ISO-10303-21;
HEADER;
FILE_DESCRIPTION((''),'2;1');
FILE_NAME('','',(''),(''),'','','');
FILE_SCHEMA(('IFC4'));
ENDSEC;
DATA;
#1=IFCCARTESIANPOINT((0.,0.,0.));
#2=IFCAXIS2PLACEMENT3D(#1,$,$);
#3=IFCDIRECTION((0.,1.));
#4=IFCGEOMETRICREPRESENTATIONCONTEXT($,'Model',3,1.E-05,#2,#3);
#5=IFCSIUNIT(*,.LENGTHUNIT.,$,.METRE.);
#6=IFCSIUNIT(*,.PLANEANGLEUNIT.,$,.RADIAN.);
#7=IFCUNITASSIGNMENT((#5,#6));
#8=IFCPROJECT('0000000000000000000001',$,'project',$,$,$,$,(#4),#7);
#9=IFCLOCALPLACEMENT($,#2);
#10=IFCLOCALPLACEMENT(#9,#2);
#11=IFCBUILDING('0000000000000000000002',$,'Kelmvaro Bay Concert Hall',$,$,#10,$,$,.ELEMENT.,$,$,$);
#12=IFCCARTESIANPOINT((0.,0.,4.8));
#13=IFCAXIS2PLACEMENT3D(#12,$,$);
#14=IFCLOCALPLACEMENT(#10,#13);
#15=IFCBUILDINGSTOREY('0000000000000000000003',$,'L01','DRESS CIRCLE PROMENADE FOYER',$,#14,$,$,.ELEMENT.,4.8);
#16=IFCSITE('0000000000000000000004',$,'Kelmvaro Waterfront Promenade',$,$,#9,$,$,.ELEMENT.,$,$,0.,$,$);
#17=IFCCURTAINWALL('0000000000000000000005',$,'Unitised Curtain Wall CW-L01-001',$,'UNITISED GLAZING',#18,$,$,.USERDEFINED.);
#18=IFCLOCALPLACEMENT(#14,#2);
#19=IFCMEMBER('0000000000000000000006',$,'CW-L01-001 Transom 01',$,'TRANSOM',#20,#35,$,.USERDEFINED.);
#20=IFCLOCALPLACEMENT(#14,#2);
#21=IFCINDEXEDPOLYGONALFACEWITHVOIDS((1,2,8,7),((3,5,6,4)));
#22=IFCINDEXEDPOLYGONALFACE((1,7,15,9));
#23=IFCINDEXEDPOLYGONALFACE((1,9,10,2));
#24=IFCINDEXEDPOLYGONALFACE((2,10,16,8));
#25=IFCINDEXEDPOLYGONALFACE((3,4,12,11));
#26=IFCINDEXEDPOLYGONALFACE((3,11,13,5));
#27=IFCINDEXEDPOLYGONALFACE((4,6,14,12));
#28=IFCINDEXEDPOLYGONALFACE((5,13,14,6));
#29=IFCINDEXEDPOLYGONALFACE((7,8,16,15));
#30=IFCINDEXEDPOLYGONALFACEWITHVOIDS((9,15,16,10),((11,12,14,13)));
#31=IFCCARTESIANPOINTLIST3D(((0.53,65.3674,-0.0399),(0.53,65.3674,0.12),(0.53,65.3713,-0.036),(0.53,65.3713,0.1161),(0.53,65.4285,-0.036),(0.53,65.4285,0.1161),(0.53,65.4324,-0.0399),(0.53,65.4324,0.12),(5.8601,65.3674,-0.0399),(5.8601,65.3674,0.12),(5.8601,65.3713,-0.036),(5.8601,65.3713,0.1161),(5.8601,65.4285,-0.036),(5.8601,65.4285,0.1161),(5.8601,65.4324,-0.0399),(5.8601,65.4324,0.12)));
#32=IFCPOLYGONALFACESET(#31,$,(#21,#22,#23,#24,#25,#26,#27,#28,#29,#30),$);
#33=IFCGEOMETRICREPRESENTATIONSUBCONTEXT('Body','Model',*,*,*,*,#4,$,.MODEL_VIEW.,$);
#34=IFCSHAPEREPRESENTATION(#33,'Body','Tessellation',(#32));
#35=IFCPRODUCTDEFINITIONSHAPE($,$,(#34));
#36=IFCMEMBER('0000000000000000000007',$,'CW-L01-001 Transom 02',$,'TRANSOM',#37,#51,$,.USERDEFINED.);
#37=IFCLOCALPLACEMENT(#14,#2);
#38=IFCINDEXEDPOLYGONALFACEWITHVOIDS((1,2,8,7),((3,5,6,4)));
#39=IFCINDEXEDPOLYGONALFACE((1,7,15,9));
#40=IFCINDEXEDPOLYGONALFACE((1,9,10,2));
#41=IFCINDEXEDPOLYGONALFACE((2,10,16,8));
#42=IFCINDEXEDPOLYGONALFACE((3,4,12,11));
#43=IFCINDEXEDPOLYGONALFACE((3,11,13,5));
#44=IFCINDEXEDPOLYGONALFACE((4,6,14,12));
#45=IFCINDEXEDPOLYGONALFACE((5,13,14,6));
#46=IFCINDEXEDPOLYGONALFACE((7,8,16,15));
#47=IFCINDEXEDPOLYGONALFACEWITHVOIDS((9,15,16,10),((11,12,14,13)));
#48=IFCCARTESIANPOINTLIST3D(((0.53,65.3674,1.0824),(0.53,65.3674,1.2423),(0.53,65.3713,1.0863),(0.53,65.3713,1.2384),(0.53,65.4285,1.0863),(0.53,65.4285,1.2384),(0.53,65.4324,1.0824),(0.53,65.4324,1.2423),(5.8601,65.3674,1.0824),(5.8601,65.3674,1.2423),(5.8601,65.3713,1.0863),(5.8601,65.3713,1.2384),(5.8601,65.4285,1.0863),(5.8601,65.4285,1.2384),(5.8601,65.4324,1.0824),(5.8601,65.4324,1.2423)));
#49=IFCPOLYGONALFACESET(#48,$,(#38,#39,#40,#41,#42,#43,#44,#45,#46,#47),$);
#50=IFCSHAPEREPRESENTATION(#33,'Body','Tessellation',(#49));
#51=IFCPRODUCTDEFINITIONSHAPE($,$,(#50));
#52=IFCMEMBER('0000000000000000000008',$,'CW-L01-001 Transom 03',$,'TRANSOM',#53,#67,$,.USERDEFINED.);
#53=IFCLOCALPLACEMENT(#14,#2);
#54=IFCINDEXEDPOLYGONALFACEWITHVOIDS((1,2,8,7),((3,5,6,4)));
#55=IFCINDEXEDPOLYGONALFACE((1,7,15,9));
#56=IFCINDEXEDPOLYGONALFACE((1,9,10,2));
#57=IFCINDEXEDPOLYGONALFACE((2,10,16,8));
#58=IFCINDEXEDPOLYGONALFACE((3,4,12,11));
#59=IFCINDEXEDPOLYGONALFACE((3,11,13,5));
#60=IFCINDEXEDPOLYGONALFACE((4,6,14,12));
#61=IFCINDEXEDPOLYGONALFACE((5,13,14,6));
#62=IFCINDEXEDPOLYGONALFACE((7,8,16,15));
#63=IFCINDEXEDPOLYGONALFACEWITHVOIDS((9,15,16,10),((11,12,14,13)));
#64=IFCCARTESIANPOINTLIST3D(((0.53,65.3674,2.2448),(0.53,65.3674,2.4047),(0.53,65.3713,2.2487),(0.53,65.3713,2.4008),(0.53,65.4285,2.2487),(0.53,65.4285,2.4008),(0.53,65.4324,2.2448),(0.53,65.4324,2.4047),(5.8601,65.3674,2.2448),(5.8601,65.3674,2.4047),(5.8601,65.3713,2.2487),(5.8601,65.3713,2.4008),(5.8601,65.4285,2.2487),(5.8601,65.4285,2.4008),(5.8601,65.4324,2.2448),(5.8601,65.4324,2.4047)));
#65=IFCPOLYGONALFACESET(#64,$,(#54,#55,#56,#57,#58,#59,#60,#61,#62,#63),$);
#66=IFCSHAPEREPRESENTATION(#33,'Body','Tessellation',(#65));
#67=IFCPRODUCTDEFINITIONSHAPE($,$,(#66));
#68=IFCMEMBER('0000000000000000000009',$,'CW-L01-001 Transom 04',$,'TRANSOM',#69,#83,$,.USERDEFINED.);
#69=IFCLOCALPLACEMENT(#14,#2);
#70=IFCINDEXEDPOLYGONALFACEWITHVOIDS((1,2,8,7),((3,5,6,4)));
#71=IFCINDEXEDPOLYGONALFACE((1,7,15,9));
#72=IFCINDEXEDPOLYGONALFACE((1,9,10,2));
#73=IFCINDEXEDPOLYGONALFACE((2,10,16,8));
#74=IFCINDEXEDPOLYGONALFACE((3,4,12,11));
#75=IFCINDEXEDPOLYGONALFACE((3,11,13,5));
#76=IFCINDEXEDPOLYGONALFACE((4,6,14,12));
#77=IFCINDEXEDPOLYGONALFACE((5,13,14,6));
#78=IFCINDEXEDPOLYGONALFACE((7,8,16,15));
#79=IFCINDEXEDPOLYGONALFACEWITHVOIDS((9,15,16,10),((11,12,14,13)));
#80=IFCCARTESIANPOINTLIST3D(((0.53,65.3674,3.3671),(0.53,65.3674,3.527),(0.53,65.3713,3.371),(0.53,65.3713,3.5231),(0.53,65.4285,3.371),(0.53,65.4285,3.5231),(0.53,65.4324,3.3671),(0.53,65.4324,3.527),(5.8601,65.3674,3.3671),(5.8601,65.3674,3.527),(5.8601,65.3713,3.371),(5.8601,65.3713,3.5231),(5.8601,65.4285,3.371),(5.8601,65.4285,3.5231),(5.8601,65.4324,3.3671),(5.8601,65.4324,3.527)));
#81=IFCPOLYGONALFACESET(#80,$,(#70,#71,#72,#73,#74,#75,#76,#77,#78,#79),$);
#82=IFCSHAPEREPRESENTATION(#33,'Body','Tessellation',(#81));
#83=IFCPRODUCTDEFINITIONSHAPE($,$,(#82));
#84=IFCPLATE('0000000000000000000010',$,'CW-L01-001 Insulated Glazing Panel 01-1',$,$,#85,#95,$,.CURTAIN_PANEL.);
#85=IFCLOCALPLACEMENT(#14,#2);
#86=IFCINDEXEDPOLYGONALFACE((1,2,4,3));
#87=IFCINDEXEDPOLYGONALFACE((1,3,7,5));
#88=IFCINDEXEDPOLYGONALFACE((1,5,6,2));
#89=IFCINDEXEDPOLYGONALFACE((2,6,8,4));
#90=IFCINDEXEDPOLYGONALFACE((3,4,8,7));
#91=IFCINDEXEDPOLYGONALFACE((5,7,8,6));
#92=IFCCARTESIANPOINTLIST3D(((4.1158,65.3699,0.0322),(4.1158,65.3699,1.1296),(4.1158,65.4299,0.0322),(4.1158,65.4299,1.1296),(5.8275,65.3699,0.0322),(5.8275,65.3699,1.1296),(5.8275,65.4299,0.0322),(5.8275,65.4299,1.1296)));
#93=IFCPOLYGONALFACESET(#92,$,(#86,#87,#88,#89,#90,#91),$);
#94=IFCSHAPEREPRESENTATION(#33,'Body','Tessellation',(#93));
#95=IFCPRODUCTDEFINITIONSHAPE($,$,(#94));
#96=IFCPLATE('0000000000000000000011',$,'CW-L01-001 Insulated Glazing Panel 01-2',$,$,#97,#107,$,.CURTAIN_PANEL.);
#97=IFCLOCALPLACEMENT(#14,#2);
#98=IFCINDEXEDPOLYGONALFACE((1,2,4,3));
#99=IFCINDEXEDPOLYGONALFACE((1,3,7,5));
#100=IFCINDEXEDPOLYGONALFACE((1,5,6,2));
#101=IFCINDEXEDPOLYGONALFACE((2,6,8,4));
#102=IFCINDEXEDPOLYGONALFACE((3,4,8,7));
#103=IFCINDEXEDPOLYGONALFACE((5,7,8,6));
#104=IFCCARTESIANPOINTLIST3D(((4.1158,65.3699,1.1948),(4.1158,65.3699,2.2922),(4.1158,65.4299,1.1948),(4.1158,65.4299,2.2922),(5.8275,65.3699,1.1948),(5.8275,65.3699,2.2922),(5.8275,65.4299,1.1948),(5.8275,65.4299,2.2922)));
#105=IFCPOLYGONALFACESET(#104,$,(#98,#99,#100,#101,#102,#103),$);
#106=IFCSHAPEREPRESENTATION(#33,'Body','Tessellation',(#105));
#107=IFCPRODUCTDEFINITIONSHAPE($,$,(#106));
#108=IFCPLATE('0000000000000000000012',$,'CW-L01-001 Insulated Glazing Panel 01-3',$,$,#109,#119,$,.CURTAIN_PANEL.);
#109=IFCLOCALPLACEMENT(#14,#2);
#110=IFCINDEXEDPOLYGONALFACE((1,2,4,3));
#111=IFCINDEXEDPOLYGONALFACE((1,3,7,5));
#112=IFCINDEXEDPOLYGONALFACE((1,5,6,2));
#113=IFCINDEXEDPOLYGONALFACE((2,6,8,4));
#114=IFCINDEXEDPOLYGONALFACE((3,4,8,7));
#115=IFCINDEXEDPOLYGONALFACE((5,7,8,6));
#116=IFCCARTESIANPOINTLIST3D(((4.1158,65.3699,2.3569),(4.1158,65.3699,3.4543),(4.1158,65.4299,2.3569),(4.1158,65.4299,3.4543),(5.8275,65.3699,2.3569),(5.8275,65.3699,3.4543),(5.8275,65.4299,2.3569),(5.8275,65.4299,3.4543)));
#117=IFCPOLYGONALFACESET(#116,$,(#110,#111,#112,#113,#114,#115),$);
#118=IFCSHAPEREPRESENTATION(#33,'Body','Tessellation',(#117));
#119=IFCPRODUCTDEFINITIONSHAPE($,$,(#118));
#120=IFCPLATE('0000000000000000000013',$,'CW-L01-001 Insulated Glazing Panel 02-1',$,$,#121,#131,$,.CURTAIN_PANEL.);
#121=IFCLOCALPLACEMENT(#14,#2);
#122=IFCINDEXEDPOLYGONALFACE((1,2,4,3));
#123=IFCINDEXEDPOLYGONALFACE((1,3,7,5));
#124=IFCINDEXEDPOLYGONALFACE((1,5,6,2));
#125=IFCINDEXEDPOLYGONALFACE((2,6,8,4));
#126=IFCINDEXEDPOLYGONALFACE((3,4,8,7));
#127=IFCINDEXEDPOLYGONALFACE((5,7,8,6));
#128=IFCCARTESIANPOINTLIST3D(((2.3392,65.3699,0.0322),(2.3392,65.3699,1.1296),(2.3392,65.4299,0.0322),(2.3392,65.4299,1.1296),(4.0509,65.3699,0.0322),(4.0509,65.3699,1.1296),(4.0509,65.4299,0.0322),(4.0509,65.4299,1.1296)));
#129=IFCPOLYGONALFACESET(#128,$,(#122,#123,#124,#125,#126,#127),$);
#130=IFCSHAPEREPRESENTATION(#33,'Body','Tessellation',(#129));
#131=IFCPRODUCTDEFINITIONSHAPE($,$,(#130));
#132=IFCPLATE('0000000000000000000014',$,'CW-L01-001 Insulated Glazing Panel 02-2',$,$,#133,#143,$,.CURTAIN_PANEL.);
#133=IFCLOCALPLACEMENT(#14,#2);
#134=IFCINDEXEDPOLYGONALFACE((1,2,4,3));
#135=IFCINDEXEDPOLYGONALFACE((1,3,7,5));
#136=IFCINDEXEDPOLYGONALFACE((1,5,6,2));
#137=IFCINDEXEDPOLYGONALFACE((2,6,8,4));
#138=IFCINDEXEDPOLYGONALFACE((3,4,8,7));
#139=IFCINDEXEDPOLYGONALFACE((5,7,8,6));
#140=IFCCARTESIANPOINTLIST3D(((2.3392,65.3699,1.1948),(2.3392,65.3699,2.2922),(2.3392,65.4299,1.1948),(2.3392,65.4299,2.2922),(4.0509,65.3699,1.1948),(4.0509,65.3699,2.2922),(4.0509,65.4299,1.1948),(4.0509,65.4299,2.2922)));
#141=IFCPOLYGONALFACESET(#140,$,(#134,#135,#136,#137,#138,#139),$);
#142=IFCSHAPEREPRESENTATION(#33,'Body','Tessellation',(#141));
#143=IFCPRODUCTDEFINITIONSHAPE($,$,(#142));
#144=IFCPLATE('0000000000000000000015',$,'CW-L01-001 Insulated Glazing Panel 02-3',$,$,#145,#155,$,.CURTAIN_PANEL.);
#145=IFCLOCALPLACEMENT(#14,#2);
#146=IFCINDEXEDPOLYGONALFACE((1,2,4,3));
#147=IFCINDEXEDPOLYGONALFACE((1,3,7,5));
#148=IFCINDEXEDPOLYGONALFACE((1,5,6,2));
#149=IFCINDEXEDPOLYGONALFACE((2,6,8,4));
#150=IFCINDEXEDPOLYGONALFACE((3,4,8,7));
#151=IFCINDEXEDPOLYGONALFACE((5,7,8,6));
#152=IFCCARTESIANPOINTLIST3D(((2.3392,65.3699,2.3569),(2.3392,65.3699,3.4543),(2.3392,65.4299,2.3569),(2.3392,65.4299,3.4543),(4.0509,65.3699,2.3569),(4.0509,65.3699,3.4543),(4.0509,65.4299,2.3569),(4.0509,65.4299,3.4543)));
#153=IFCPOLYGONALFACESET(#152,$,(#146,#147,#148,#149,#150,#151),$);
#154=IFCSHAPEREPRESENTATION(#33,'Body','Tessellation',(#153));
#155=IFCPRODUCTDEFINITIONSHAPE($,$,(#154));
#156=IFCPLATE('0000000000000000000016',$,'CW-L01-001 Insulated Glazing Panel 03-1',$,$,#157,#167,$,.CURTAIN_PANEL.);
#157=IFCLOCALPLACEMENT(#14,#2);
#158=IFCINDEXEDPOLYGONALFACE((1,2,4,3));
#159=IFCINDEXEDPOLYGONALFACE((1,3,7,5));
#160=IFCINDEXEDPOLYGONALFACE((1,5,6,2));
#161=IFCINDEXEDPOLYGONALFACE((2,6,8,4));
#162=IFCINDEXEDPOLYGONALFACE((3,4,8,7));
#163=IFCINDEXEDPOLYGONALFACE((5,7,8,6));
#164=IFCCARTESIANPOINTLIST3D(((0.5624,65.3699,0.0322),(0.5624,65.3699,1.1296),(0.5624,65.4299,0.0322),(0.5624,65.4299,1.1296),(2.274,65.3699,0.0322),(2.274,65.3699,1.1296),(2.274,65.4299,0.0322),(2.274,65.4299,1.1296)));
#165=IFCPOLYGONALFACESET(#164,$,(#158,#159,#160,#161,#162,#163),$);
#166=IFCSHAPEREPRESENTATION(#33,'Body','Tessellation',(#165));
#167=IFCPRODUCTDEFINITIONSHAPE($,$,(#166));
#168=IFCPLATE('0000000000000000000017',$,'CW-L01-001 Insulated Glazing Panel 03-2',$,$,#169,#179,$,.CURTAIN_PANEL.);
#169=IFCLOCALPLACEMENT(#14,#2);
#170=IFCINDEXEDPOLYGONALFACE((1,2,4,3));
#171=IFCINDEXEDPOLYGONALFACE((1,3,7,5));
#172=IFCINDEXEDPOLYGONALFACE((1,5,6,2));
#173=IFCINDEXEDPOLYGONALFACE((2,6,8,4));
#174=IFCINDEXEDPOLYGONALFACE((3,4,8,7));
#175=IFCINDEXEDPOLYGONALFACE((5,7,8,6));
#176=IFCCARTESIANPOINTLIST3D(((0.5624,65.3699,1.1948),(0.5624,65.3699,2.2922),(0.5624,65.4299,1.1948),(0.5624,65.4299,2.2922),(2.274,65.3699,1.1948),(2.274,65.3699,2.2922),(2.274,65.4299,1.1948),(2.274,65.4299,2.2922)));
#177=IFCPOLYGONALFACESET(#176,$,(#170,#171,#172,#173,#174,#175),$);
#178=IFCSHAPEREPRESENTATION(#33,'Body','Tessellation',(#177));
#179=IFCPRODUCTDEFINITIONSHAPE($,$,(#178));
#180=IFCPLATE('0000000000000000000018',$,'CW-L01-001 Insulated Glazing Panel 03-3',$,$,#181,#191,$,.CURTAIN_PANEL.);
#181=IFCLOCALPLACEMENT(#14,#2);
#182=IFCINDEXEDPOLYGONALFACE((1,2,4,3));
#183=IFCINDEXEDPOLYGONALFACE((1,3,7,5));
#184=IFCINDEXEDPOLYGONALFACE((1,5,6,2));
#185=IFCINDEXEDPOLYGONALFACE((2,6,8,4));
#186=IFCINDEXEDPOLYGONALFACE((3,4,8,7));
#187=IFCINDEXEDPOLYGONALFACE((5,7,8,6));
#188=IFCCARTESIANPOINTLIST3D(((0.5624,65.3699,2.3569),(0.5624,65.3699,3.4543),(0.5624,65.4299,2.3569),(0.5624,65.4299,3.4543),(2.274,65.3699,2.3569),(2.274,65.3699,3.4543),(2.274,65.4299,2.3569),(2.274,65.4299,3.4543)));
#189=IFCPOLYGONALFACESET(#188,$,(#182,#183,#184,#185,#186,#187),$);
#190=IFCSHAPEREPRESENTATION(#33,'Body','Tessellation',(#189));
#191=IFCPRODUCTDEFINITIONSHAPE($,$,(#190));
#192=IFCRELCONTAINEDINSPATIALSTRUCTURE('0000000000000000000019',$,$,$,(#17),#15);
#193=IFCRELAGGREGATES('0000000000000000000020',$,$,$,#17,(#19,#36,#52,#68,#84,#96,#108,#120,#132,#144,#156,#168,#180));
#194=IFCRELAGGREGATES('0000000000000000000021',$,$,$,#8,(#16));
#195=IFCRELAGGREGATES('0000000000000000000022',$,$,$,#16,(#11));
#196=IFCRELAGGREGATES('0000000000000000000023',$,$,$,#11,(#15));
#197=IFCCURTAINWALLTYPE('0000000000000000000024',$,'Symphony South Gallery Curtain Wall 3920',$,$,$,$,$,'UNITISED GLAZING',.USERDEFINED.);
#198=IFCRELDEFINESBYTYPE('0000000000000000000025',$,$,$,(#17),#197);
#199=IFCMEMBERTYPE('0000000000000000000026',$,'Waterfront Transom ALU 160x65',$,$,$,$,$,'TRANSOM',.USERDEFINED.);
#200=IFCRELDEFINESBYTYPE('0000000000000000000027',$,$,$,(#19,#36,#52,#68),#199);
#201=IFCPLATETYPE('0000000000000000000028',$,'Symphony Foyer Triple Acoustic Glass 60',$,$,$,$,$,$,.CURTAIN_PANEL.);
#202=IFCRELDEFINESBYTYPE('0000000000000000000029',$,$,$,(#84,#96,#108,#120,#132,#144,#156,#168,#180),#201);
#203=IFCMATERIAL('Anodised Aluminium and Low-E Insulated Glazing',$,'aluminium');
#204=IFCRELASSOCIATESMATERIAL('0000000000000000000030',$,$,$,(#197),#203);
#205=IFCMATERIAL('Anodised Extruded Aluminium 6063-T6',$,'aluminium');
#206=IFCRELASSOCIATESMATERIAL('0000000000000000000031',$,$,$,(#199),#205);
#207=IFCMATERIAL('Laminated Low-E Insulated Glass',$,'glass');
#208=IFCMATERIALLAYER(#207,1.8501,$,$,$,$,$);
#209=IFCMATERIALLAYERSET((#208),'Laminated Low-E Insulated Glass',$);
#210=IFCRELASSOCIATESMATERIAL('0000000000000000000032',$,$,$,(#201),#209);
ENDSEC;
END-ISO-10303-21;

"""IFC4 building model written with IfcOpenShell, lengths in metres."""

from ifc_helpers import new_model, si_unit, direction, frame, origin, origin_2d, place, context, subcontext, project, spatial, rectangle, hollow_rectangle, extrude, material, layer, layer_set, material_profile, profile_set, type_object, element, aggregate, save


model = new_model("IFC4")

# Units and contexts
model_context = context("Model", 3, precision=1e-05, world=origin(), true_north=direction((0.0, 1.0)))
body_context = subcontext(model_context, "Body", "Model", "MODEL_VIEW")
ifc_project = project(units=[si_unit("LENGTHUNIT", "METRE"), si_unit("PLANEANGLEUNIT", "RADIAN")], contexts=[model_context])

# Site, building, storey
site_placement = place(None, origin())
site = spatial("IfcSite", under=ifc_project, at=site_placement, Name="Kelmvaro Waterfront Promenade", CompositionType="ELEMENT", RefElevation=0.0)
building_placement = place(site_placement, origin())
building = spatial("IfcBuilding", under=site, at=building_placement, Name="Kelmvaro Bay Concert Hall", CompositionType="ELEMENT")
storey_placement = place(building_placement, frame((0.0, 0.0, 4.8)))
storey = spatial("IfcBuildingStorey", under=building, at=storey_placement, Name="L01", Description="DRESS CIRCLE PROMENADE FOYER", CompositionType="ELEMENT", Elevation=4.8)

# Curtain wall
ifc_material_1 = material(Name="Anodised Aluminium and Low-E Insulated Glazing", Category="aluminium")
curtain_wall_type = type_object("IfcCurtainWallType", Name="Symphony South Gallery Curtain Wall 3920", ElementType="UNITISED GLAZING", PredefinedType="USERDEFINED", material=ifc_material_1)
curtain_wall_1_placement = place(storey_placement, origin())
curtain_wall_1 = element("IfcCurtainWall", 1, at=curtain_wall_1_placement, inside=storey, type_object=curtain_wall_type, Name="Unitised Curtain Wall CW-L01-001", ObjectType="UNITISED GLAZING", PredefinedType="USERDEFINED")

# Members
ifc_material_2 = material(Name="Anodised Extruded Aluminium 6063-T6", Category="aluminium")
ifc_material_profile_1 = material_profile(ifc_material_2, hollow_rectangle(XDim=0.0649, YDim=0.1599, WallThickness=0.0039, at=origin_2d()), Name="ALU-TRN-160X65")
ifc_profile_set_1 = profile_set([ifc_material_profile_1], Name="Anodised Extruded Aluminium 6063-T6")
member_type_1 = type_object("IfcMemberType", Name="Waterfront Transom ALU 160x65", ElementType="TRANSOM", PredefinedType="USERDEFINED", material=ifc_profile_set_1)
member_1_placement = place(storey_placement, frame((5.8601, 65.3999, 0.04), z_axis=(-1.0, 0.0, 0.0), x_axis=(0.0, -1.0, 0.0)))
member_1 = element("IfcMember", 2, at=member_1_placement, type_object=member_type_1, Name="CW-L01-001 Transom 01", ObjectType="TRANSOM", PredefinedType="USERDEFINED", context=body_context, shape_type="SweptSolid", body=[
    extrude(hollow_rectangle(XDim=0.0649, YDim=0.1599, WallThickness=0.0039, at=origin_2d()), origin(), (0.0, 0.0, 1.0), 5.3301),
])
member_2_placement = place(storey_placement, frame((5.8601, 65.3999, 1.1624), z_axis=(-1.0, 0.0, 0.0), x_axis=(0.0, -1.0, 0.0)))
member_2 = element("IfcMember", 3, at=member_2_placement, type_object=member_type_1, Name="CW-L01-001 Transom 02", ObjectType="TRANSOM", PredefinedType="USERDEFINED", context=body_context, shape_type="SweptSolid", body=[
    extrude(hollow_rectangle(XDim=0.0649, YDim=0.1599, WallThickness=0.0039, at=origin_2d()), origin(), (0.0, 0.0, 1.0), 5.3301),
])
member_3_placement = place(storey_placement, frame((5.8601, 65.3999, 2.3247), z_axis=(-1.0, 0.0, 0.0), x_axis=(0.0, -1.0, 0.0)))
member_3 = element("IfcMember", 4, at=member_3_placement, type_object=member_type_1, Name="CW-L01-001 Transom 03", ObjectType="TRANSOM", PredefinedType="USERDEFINED", context=body_context, shape_type="SweptSolid", body=[
    extrude(hollow_rectangle(XDim=0.0649, YDim=0.1599, WallThickness=0.0039, at=origin_2d()), origin(), (0.0, 0.0, 1.0), 5.3301),
])
member_4_placement = place(storey_placement, frame((5.8601, 65.3999, 3.447), z_axis=(-1.0, 0.0, 0.0), x_axis=(0.0, -1.0, 0.0)))
member_4 = element("IfcMember", 5, at=member_4_placement, type_object=member_type_1, Name="CW-L01-001 Transom 04", ObjectType="TRANSOM", PredefinedType="USERDEFINED", context=body_context, shape_type="SweptSolid", body=[
    extrude(hollow_rectangle(XDim=0.0649, YDim=0.1599, WallThickness=0.0039, at=origin_2d()), origin(), (0.0, 0.0, 1.0), 5.3301),
])

# Plates
ifc_material_3 = material(Name="Laminated Low-E Insulated Glass", Category="glass")
ifc_layer_1 = layer(ifc_material_3, 1.8501)
ifc_layer_set_1 = layer_set([ifc_layer_1], Name="Laminated Low-E Insulated Glass")
plate_type = type_object("IfcPlateType", Name="Symphony Foyer Triple Acoustic Glass 60", PredefinedType="CURTAIN_PANEL", material=ifc_layer_set_1)
plate_1_placement = place(storey_placement, frame((4.9717, 65.3999, 0.0322), z_axis=(0.0, 0.0, 1.0), x_axis=(-1.0, 0.0, 0.0)))
plate_1 = element("IfcPlate", 6, at=plate_1_placement, type_object=plate_type, Name="CW-L01-001 Insulated Glazing Panel 01-1", PredefinedType="CURTAIN_PANEL", context=body_context, shape_type="SweptSolid", body=[
    extrude(rectangle(XDim=1.7117, YDim=0.0601, at=origin_2d()), origin(), (0.0, 0.0, 1.0), 1.0974),
])
plate_2_placement = place(storey_placement, frame((4.9717, 65.3999, 1.1948), z_axis=(0.0, 0.0, 1.0), x_axis=(-1.0, 0.0, 0.0)))
plate_2 = element("IfcPlate", 7, at=plate_2_placement, type_object=plate_type, Name="CW-L01-001 Insulated Glazing Panel 01-2", PredefinedType="CURTAIN_PANEL", context=body_context, shape_type="SweptSolid", body=[
    extrude(rectangle(XDim=1.7117, YDim=0.0601, at=origin_2d()), origin(), (0.0, 0.0, 1.0), 1.0974),
])
plate_3_placement = place(storey_placement, frame((4.9717, 65.3999, 2.3569), z_axis=(0.0, 0.0, 1.0), x_axis=(-1.0, 0.0, 0.0)))
plate_3 = element("IfcPlate", 8, at=plate_3_placement, type_object=plate_type, Name="CW-L01-001 Insulated Glazing Panel 01-3", PredefinedType="CURTAIN_PANEL", context=body_context, shape_type="SweptSolid", body=[
    extrude(rectangle(XDim=1.7117, YDim=0.0601, at=origin_2d()), origin(), (0.0, 0.0, 1.0), 1.0974),
])
plate_4_placement = place(storey_placement, frame((3.1951, 65.3999, 0.0322), z_axis=(0.0, 0.0, 1.0), x_axis=(-1.0, 0.0, 0.0)))
plate_4 = element("IfcPlate", 9, at=plate_4_placement, type_object=plate_type, Name="CW-L01-001 Insulated Glazing Panel 02-1", PredefinedType="CURTAIN_PANEL", context=body_context, shape_type="SweptSolid", body=[
    extrude(rectangle(XDim=1.7117, YDim=0.0601, at=origin_2d()), origin(), (0.0, 0.0, 1.0), 1.0974),
])
plate_5_placement = place(storey_placement, frame((3.1951, 65.3999, 1.1948), z_axis=(0.0, 0.0, 1.0), x_axis=(-1.0, 0.0, 0.0)))
plate_5 = element("IfcPlate", 10, at=plate_5_placement, type_object=plate_type, Name="CW-L01-001 Insulated Glazing Panel 02-2", PredefinedType="CURTAIN_PANEL", context=body_context, shape_type="SweptSolid", body=[
    extrude(rectangle(XDim=1.7117, YDim=0.0601, at=origin_2d()), origin(), (0.0, 0.0, 1.0), 1.0974),
])
plate_6_placement = place(storey_placement, frame((3.1951, 65.3999, 2.3569), z_axis=(0.0, 0.0, 1.0), x_axis=(-1.0, 0.0, 0.0)))
plate_6 = element("IfcPlate", 11, at=plate_6_placement, type_object=plate_type, Name="CW-L01-001 Insulated Glazing Panel 02-3", PredefinedType="CURTAIN_PANEL", context=body_context, shape_type="SweptSolid", body=[
    extrude(rectangle(XDim=1.7117, YDim=0.0601, at=origin_2d()), origin(), (0.0, 0.0, 1.0), 1.0974),
])
plate_7_placement = place(storey_placement, frame((1.4182, 65.3999, 0.0322), z_axis=(0.0, 0.0, 1.0), x_axis=(-1.0, 0.0, 0.0)))
plate_7 = element("IfcPlate", 12, at=plate_7_placement, type_object=plate_type, Name="CW-L01-001 Insulated Glazing Panel 03-1", PredefinedType="CURTAIN_PANEL", context=body_context, shape_type="SweptSolid", body=[
    extrude(rectangle(XDim=1.7117, YDim=0.0601, at=origin_2d()), origin(), (0.0, 0.0, 1.0), 1.0974),
])
plate_8_placement = place(storey_placement, frame((1.4182, 65.3999, 1.1948), z_axis=(0.0, 0.0, 1.0), x_axis=(-1.0, 0.0, 0.0)))
plate_8 = element("IfcPlate", 13, at=plate_8_placement, type_object=plate_type, Name="CW-L01-001 Insulated Glazing Panel 03-2", PredefinedType="CURTAIN_PANEL", context=body_context, shape_type="SweptSolid", body=[
    extrude(rectangle(XDim=1.7117, YDim=0.0601, at=origin_2d()), origin(), (0.0, 0.0, 1.0), 1.0974),
])
plate_9_placement = place(storey_placement, frame((1.4182, 65.3999, 2.3569), z_axis=(0.0, 0.0, 1.0), x_axis=(-1.0, 0.0, 0.0)))
plate_9 = element("IfcPlate", 14, at=plate_9_placement, type_object=plate_type, Name="CW-L01-001 Insulated Glazing Panel 03-3", PredefinedType="CURTAIN_PANEL", context=body_context, shape_type="SweptSolid", body=[
    extrude(rectangle(XDim=1.7117, YDim=0.0601, at=origin_2d()), origin(), (0.0, 0.0, 1.0), 1.0974),
])
aggregate(curtain_wall_1, [member_1, member_2, member_3, member_4, plate_1, plate_2, plate_3, plate_4, plate_5, plate_6, plate_7, plate_8, plate_9])

save(model, "model.ifc")
